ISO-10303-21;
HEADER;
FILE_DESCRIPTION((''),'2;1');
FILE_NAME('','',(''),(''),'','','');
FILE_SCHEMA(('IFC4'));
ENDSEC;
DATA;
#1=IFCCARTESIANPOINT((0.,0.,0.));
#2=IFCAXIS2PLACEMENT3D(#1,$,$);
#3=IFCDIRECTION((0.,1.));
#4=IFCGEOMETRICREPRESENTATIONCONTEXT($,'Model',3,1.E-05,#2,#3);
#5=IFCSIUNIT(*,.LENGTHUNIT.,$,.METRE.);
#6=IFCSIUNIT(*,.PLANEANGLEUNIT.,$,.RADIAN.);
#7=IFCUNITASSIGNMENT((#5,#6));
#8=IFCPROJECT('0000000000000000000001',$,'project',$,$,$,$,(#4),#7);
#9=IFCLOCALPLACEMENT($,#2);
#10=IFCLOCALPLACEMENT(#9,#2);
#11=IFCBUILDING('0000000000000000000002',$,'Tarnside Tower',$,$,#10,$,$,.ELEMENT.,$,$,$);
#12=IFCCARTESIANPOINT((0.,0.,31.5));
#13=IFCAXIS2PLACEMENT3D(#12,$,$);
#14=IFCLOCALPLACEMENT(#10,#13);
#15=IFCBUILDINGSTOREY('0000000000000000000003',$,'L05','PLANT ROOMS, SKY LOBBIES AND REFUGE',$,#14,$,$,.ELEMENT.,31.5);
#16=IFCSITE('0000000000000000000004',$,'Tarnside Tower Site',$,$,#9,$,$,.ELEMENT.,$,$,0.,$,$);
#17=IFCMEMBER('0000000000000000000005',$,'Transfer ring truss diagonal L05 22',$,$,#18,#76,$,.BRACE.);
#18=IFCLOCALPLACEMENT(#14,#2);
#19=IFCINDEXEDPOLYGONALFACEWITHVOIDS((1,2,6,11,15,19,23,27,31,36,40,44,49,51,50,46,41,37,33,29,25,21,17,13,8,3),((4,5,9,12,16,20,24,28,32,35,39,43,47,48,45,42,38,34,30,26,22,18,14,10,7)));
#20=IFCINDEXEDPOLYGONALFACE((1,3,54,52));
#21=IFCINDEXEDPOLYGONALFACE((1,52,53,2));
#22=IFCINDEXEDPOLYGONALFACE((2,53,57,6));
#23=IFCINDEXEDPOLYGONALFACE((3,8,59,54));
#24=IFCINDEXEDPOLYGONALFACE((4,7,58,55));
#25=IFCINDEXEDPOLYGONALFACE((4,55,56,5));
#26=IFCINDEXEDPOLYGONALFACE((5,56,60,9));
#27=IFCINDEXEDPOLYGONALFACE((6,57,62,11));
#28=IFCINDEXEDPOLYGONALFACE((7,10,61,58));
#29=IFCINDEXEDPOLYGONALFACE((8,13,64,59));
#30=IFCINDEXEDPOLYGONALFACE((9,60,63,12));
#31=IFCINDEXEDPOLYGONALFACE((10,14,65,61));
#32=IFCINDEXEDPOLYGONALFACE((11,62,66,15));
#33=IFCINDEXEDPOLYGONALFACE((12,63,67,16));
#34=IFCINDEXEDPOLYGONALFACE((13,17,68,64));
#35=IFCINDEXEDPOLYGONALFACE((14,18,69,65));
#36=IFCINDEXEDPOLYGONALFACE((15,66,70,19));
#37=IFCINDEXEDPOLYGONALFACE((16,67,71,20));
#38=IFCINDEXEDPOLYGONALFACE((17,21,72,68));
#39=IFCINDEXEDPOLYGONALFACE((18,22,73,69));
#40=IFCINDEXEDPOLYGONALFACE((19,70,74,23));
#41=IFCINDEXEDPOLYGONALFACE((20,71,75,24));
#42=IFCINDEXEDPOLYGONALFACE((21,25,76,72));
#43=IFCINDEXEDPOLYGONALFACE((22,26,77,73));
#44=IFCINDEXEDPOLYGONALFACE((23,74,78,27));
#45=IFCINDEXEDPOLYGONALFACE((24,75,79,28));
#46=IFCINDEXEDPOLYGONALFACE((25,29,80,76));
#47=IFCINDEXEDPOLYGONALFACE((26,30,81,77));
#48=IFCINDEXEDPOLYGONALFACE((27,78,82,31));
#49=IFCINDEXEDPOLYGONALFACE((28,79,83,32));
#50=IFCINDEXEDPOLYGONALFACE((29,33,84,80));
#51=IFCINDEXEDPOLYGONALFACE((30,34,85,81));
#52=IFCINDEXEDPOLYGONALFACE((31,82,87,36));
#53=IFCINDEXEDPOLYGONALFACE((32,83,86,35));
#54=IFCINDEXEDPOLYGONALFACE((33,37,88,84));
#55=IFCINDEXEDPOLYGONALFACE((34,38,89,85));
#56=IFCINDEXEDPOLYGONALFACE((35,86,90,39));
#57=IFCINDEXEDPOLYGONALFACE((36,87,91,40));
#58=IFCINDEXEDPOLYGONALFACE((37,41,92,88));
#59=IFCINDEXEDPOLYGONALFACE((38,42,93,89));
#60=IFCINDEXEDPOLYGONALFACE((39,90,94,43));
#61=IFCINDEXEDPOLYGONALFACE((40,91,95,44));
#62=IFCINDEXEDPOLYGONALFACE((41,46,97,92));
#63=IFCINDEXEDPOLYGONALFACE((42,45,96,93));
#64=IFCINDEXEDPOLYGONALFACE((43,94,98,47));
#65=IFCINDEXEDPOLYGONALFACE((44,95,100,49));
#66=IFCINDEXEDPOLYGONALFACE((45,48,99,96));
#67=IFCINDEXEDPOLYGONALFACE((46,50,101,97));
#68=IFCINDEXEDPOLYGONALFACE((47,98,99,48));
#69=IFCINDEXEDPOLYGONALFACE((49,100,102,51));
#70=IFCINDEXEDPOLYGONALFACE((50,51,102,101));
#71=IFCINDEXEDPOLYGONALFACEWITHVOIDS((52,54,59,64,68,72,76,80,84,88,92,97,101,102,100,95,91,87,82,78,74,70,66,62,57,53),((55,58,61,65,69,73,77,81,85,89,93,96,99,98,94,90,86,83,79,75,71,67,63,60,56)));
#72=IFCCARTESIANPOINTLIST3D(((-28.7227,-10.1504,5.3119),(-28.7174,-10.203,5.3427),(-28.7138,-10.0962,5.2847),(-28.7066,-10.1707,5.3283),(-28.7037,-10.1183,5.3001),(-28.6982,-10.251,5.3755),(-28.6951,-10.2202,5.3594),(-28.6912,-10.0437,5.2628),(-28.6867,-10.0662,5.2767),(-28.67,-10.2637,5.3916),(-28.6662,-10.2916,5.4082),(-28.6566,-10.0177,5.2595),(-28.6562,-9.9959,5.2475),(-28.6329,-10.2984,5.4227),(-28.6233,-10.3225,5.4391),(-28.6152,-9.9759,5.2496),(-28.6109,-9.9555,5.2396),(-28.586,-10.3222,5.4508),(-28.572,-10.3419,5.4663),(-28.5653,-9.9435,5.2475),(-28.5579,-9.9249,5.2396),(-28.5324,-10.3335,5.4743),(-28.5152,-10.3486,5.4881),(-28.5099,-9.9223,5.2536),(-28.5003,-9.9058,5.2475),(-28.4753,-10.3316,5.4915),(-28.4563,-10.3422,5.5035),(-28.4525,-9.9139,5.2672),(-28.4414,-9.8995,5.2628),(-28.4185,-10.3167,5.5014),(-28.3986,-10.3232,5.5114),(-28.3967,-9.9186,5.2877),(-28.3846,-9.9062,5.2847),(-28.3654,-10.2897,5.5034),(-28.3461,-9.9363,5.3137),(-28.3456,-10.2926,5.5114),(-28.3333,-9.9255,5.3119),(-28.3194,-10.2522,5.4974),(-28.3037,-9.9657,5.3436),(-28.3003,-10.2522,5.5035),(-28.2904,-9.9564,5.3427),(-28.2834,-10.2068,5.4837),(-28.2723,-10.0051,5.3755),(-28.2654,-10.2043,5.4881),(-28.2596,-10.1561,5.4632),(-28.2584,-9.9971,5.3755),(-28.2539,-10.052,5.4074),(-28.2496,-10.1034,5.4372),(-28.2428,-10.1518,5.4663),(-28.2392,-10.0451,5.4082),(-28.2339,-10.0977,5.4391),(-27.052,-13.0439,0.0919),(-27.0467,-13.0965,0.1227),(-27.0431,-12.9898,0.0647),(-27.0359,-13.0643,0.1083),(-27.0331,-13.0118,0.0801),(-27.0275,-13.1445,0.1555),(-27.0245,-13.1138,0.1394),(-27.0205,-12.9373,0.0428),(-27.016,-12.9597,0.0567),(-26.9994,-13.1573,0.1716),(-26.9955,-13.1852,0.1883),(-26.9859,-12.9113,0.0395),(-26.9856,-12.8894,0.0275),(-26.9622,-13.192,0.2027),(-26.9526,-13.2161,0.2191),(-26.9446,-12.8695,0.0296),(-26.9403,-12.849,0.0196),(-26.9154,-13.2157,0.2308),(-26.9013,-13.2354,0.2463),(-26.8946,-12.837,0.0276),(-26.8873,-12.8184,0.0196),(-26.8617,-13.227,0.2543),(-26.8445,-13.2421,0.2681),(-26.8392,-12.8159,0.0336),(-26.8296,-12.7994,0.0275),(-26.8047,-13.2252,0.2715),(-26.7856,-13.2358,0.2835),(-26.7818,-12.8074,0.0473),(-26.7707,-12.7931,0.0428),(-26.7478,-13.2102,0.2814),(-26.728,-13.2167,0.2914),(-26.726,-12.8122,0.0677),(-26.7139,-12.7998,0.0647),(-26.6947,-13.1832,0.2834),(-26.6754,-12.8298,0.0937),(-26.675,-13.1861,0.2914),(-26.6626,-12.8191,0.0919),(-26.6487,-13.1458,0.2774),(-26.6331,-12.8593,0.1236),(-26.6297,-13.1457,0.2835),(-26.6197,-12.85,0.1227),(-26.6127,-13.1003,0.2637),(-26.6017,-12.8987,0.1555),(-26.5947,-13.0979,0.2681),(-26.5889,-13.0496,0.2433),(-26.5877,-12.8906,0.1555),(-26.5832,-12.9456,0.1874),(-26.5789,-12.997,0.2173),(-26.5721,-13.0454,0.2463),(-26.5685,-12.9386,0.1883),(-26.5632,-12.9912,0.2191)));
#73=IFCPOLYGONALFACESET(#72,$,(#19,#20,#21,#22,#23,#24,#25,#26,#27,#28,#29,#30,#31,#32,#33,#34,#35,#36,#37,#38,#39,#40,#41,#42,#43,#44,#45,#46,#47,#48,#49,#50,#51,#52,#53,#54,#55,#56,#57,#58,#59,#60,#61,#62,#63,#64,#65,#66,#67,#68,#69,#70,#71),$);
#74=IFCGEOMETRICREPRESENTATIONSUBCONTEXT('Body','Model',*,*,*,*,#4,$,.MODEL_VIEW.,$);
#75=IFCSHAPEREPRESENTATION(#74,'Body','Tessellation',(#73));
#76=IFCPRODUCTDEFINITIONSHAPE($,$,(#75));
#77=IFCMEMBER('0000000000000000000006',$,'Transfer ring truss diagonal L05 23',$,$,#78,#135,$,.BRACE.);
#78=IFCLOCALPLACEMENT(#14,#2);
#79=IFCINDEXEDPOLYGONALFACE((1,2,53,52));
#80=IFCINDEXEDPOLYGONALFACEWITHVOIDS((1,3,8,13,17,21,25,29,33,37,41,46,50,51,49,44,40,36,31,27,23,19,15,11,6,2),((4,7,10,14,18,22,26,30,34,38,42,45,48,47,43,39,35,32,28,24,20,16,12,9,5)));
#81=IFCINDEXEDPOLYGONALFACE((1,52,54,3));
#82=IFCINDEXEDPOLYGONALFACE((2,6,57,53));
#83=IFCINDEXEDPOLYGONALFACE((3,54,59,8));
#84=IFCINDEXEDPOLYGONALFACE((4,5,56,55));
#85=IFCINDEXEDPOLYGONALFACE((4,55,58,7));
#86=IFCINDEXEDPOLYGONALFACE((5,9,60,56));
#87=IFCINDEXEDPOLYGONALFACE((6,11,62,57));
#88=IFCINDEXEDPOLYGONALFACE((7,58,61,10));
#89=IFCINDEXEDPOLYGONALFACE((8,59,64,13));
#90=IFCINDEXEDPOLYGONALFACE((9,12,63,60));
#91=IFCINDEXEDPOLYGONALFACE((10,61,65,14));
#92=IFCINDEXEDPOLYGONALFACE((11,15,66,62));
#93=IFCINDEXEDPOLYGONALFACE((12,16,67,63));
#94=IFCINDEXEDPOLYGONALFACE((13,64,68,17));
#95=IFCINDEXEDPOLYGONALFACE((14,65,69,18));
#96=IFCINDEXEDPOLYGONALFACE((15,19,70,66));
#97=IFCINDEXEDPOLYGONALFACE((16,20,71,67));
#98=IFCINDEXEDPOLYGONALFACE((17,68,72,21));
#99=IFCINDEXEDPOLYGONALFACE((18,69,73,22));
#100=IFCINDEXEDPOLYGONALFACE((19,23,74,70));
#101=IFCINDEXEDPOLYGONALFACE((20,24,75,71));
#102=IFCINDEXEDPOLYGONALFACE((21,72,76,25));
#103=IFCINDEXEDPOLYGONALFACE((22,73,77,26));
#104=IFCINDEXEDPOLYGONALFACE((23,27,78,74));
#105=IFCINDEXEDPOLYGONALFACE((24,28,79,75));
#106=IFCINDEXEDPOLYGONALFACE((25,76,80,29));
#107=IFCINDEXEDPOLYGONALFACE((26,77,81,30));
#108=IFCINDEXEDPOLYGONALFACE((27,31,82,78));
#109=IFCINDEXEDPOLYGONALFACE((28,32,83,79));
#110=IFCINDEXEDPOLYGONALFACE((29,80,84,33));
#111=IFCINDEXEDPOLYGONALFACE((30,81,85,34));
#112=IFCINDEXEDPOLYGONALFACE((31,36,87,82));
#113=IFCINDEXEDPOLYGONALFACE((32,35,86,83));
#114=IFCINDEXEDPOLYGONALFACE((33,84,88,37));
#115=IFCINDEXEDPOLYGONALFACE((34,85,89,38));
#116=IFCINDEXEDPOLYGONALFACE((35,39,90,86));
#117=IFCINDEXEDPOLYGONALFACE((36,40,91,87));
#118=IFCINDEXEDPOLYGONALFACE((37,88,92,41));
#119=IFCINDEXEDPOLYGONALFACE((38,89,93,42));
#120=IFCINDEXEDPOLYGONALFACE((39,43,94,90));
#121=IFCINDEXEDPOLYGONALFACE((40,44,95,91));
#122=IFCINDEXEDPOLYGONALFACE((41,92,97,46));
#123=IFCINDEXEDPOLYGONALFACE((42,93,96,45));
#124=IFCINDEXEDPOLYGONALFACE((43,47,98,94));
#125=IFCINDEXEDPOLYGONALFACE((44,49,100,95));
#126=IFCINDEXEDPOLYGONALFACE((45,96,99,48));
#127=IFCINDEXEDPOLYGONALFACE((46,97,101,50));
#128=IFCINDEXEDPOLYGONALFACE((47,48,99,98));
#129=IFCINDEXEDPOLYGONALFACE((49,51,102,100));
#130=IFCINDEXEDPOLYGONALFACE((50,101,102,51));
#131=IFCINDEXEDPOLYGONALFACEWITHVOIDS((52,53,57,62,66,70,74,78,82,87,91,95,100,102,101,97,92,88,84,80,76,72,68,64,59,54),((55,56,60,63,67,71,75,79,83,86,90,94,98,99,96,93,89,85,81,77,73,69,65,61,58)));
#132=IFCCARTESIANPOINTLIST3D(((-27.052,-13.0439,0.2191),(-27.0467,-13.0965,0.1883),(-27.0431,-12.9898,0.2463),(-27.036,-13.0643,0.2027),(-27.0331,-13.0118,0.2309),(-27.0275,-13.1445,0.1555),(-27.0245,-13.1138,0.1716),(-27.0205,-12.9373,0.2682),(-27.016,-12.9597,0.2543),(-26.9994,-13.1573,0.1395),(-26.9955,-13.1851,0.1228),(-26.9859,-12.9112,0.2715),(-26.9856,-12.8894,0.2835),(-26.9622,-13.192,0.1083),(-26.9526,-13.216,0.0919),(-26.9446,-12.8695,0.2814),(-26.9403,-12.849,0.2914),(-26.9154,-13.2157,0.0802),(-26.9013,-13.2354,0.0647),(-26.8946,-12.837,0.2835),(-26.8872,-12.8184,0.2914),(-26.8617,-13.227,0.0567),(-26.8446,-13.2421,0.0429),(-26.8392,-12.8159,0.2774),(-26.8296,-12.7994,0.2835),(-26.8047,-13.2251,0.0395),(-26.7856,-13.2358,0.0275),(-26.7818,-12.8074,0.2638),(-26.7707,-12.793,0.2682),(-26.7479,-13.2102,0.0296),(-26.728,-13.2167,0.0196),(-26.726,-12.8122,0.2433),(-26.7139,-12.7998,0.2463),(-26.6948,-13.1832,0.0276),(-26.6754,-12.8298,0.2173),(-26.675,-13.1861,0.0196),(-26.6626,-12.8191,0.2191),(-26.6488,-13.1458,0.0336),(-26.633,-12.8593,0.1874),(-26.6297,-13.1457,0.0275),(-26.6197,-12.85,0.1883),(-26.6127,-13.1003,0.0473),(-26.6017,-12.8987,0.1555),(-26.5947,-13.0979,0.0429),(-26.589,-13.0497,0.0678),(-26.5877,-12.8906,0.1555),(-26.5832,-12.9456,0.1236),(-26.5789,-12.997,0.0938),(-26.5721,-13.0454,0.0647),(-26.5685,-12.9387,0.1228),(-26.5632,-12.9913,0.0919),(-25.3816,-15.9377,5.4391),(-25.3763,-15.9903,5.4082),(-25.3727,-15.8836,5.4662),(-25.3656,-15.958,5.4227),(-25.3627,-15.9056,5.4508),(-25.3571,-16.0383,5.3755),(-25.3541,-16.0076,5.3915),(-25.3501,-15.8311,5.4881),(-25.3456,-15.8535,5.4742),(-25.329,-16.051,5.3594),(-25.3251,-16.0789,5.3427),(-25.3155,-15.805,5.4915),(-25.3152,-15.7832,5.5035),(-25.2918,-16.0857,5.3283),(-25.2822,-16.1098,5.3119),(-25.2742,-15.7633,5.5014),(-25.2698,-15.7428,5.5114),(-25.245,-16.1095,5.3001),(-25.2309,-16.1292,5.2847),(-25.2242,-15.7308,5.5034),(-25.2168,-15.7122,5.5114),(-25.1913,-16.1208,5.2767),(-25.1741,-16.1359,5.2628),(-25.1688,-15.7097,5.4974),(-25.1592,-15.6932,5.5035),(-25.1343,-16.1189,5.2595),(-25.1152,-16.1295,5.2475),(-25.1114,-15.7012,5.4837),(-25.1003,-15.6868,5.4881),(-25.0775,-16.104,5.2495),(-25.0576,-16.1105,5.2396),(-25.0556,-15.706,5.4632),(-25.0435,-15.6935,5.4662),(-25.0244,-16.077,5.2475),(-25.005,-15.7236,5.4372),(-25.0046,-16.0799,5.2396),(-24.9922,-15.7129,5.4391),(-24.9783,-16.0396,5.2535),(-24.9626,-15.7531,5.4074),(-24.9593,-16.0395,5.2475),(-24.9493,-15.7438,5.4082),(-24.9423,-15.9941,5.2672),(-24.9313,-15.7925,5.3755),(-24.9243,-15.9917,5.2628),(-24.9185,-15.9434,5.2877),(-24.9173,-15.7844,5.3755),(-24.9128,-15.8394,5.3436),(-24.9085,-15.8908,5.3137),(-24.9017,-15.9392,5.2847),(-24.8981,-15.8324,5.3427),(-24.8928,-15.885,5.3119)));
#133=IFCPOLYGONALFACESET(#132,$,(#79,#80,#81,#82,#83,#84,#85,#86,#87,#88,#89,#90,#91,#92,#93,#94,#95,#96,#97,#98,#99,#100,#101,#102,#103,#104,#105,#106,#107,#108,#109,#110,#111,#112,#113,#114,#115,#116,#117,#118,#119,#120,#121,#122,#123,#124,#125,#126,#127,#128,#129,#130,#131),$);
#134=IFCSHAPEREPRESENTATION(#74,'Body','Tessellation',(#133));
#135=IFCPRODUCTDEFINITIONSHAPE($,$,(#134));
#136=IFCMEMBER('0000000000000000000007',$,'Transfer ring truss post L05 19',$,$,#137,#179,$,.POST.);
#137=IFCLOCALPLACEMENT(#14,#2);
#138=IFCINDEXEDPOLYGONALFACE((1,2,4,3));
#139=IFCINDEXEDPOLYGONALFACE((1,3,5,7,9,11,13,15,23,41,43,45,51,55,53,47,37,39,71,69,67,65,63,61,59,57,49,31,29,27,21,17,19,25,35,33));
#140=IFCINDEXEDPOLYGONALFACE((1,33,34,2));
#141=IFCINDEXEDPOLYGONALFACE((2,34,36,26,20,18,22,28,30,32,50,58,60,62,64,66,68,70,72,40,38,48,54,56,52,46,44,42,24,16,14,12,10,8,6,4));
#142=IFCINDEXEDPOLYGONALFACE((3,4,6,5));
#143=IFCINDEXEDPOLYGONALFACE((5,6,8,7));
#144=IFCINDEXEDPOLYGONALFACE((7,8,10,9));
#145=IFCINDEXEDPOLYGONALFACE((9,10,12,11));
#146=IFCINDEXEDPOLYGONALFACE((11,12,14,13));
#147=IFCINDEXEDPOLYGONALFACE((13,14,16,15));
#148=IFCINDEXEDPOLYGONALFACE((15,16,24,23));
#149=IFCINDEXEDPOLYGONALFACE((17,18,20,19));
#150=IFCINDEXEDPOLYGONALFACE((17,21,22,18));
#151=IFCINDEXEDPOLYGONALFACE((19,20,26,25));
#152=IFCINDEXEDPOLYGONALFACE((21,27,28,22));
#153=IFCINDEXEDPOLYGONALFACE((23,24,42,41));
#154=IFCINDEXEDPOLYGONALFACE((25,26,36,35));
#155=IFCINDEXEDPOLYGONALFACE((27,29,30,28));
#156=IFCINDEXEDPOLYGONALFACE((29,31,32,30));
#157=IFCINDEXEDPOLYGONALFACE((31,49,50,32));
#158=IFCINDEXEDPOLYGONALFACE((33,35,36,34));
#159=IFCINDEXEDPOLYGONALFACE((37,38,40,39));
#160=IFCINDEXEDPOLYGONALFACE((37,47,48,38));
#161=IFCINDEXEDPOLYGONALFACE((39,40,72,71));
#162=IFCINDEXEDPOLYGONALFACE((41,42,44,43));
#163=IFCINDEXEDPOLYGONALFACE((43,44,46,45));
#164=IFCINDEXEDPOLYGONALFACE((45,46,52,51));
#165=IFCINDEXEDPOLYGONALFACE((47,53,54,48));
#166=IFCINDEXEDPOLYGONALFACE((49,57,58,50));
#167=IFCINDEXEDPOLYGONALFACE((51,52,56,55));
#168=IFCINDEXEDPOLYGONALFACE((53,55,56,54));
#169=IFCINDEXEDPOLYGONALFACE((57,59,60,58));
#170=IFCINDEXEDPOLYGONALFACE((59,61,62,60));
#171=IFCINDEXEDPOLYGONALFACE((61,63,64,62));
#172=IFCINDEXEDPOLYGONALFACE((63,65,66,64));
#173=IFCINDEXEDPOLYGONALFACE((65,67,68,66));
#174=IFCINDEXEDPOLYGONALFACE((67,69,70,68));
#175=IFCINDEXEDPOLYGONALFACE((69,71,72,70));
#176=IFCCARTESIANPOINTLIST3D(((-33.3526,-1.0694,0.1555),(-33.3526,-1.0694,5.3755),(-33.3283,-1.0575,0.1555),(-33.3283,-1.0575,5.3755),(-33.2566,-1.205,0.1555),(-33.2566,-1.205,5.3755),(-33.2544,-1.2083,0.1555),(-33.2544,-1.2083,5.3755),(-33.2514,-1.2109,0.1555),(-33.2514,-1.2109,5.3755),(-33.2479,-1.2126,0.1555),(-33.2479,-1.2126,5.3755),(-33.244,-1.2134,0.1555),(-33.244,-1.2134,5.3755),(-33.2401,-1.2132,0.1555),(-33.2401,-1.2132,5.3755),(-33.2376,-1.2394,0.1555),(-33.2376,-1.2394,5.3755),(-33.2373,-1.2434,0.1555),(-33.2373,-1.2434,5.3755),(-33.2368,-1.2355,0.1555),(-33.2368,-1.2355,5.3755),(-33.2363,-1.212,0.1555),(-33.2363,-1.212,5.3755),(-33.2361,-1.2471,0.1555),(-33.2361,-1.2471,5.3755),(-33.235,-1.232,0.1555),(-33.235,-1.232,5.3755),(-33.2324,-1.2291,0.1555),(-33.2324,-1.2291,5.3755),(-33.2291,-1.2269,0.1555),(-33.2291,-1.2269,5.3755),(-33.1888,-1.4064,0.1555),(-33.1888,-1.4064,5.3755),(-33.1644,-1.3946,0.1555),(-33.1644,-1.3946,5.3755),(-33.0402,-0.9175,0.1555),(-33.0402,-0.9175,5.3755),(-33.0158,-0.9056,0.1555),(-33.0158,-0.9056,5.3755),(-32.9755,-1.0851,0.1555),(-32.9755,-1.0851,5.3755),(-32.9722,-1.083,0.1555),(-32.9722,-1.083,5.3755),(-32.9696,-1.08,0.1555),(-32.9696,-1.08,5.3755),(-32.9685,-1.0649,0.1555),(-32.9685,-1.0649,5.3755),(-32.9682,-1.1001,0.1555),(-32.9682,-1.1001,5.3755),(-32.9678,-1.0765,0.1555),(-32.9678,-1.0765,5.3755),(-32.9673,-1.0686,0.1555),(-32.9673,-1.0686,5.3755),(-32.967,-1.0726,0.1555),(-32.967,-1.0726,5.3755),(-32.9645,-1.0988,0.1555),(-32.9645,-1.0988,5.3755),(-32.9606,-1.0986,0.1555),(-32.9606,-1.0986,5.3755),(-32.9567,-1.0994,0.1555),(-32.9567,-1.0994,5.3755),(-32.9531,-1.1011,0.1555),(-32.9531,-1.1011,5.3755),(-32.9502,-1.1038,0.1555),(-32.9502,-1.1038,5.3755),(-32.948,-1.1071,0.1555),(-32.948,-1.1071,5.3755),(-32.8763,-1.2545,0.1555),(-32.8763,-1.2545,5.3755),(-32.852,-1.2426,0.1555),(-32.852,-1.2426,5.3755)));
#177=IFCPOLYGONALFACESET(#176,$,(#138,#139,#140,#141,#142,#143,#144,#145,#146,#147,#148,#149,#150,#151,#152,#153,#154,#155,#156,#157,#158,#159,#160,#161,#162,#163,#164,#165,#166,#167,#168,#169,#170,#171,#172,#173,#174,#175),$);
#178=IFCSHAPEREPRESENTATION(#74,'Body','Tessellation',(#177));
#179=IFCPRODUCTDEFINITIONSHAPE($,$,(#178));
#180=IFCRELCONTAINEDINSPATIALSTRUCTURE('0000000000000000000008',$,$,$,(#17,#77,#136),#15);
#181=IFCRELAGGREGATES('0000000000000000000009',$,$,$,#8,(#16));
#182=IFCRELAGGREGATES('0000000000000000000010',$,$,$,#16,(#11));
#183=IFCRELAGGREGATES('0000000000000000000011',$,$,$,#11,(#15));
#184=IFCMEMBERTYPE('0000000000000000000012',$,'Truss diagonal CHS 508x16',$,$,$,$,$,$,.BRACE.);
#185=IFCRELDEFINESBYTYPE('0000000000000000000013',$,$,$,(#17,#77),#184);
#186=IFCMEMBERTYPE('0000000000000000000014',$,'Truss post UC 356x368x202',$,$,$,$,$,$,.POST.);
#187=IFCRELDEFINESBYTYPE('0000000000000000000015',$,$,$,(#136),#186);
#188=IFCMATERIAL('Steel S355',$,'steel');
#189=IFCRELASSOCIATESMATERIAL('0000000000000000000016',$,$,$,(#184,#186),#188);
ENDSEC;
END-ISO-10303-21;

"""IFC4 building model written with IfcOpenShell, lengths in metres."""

from ifc_helpers import new_model, si_unit, direction, frame, origin, origin_2d, place, context, subcontext, project, spatial, hollow_circle, i_section, extrude, material, material_profile, profile_set, type_object, element, save


model = new_model("IFC4")

# Units and contexts
model_context = context("Model", 3, precision=1e-05, world=origin(), true_north=direction((0.0, 1.0)))
body_context = subcontext(model_context, "Body", "Model", "MODEL_VIEW")
ifc_project = project(units=[si_unit("LENGTHUNIT", "METRE"), si_unit("PLANEANGLEUNIT", "RADIAN")], contexts=[model_context])

# Site, building, storey
site_placement = place(None, origin())
site = spatial("IfcSite", under=ifc_project, at=site_placement, Name="Tarnside Tower Site", CompositionType="ELEMENT", RefElevation=0.0)
building_placement = place(site_placement, origin())
building = spatial("IfcBuilding", under=site, at=building_placement, Name="Tarnside Tower", CompositionType="ELEMENT")
storey_placement = place(building_placement, frame((0.0, 0.0, 31.5)))
storey = spatial("IfcBuildingStorey", under=building, at=storey_placement, Name="L05", Description="PLANT ROOMS, SKY LOBBIES AND REFUGE", CompositionType="ELEMENT", Elevation=31.5)

# Shared definitions
ifc_material_1 = material(Name="Steel S355", Category="steel")

# Members
ifc_material_profile_1 = material_profile(ifc_material_1, hollow_circle(Radius=0.2539, WallThickness=0.0161, at=origin_2d()), Name="CHS 508x16")
ifc_profile_set_1 = profile_set([ifc_material_profile_1], Name="Steel S355")
member_type_1 = type_object("IfcMemberType", Name="Truss diagonal CHS 508x16", PredefinedType="BRACE", material=ifc_profile_set_1)
for number, where, z_axis, x_axis, name in (
    (1, (-28.4783, -10.124, 5.3755), (0.269559, -0.466873, -0.842239), (0.866018, 0.500013, 0.0), "Transfer ring truss diagonal L05 22"),
    (2, (-26.8076, -13.0176, 0.1555), (0.269518, -0.466909, 0.842233), (0.866068, 0.499927, 0.0), "Transfer ring truss diagonal L05 23"),
):
    element("IfcMember", number, at=place(storey_placement, frame(where, z_axis=z_axis, x_axis=x_axis)), inside=storey, type_object=member_type_1, Name=name, PredefinedType="BRACE", context=body_context, shape_type="SweptSolid", body=[
        extrude(hollow_circle(Radius=0.2539, WallThickness=0.0161, at=origin_2d()), origin(), (0.0, 0.0, 1.0), 6.1978),
    ])
ifc_material_profile_2 = material_profile(ifc_material_1, i_section(OverallWidth=0.3748, OverallDepth=0.3745, WebThickness=0.0166, FlangeThickness=0.0271, FilletRadius=0.0151, at=origin_2d()), Name="UC 356x368x202")
ifc_profile_set_2 = profile_set([ifc_material_profile_2], Name="Steel S355")
member_type_2 = type_object("IfcMemberType", Name="Truss post UC 356x368x202", PredefinedType="POST", material=ifc_profile_set_2)
for number, where, z_axis, x_axis, name in (
    (3, (-33.1023, -1.156, 0.1555), (0.0, 0.0, 1.0), (0.437252, -0.899339, 0.0), "Transfer ring truss post L05 19"),
):
    element("IfcMember", number, at=place(storey_placement, frame(where, z_axis=z_axis, x_axis=x_axis)), inside=storey, type_object=member_type_2, Name=name, PredefinedType="POST", context=body_context, shape_type="SweptSolid", body=[
        extrude(i_section(OverallWidth=0.3748, OverallDepth=0.3745, WebThickness=0.0166, FlangeThickness=0.0271, FilletRadius=0.0151, at=origin_2d()), origin(), (0.0, 0.0, 1.0), 5.22),
    ])

save(model, "model.ifc")
